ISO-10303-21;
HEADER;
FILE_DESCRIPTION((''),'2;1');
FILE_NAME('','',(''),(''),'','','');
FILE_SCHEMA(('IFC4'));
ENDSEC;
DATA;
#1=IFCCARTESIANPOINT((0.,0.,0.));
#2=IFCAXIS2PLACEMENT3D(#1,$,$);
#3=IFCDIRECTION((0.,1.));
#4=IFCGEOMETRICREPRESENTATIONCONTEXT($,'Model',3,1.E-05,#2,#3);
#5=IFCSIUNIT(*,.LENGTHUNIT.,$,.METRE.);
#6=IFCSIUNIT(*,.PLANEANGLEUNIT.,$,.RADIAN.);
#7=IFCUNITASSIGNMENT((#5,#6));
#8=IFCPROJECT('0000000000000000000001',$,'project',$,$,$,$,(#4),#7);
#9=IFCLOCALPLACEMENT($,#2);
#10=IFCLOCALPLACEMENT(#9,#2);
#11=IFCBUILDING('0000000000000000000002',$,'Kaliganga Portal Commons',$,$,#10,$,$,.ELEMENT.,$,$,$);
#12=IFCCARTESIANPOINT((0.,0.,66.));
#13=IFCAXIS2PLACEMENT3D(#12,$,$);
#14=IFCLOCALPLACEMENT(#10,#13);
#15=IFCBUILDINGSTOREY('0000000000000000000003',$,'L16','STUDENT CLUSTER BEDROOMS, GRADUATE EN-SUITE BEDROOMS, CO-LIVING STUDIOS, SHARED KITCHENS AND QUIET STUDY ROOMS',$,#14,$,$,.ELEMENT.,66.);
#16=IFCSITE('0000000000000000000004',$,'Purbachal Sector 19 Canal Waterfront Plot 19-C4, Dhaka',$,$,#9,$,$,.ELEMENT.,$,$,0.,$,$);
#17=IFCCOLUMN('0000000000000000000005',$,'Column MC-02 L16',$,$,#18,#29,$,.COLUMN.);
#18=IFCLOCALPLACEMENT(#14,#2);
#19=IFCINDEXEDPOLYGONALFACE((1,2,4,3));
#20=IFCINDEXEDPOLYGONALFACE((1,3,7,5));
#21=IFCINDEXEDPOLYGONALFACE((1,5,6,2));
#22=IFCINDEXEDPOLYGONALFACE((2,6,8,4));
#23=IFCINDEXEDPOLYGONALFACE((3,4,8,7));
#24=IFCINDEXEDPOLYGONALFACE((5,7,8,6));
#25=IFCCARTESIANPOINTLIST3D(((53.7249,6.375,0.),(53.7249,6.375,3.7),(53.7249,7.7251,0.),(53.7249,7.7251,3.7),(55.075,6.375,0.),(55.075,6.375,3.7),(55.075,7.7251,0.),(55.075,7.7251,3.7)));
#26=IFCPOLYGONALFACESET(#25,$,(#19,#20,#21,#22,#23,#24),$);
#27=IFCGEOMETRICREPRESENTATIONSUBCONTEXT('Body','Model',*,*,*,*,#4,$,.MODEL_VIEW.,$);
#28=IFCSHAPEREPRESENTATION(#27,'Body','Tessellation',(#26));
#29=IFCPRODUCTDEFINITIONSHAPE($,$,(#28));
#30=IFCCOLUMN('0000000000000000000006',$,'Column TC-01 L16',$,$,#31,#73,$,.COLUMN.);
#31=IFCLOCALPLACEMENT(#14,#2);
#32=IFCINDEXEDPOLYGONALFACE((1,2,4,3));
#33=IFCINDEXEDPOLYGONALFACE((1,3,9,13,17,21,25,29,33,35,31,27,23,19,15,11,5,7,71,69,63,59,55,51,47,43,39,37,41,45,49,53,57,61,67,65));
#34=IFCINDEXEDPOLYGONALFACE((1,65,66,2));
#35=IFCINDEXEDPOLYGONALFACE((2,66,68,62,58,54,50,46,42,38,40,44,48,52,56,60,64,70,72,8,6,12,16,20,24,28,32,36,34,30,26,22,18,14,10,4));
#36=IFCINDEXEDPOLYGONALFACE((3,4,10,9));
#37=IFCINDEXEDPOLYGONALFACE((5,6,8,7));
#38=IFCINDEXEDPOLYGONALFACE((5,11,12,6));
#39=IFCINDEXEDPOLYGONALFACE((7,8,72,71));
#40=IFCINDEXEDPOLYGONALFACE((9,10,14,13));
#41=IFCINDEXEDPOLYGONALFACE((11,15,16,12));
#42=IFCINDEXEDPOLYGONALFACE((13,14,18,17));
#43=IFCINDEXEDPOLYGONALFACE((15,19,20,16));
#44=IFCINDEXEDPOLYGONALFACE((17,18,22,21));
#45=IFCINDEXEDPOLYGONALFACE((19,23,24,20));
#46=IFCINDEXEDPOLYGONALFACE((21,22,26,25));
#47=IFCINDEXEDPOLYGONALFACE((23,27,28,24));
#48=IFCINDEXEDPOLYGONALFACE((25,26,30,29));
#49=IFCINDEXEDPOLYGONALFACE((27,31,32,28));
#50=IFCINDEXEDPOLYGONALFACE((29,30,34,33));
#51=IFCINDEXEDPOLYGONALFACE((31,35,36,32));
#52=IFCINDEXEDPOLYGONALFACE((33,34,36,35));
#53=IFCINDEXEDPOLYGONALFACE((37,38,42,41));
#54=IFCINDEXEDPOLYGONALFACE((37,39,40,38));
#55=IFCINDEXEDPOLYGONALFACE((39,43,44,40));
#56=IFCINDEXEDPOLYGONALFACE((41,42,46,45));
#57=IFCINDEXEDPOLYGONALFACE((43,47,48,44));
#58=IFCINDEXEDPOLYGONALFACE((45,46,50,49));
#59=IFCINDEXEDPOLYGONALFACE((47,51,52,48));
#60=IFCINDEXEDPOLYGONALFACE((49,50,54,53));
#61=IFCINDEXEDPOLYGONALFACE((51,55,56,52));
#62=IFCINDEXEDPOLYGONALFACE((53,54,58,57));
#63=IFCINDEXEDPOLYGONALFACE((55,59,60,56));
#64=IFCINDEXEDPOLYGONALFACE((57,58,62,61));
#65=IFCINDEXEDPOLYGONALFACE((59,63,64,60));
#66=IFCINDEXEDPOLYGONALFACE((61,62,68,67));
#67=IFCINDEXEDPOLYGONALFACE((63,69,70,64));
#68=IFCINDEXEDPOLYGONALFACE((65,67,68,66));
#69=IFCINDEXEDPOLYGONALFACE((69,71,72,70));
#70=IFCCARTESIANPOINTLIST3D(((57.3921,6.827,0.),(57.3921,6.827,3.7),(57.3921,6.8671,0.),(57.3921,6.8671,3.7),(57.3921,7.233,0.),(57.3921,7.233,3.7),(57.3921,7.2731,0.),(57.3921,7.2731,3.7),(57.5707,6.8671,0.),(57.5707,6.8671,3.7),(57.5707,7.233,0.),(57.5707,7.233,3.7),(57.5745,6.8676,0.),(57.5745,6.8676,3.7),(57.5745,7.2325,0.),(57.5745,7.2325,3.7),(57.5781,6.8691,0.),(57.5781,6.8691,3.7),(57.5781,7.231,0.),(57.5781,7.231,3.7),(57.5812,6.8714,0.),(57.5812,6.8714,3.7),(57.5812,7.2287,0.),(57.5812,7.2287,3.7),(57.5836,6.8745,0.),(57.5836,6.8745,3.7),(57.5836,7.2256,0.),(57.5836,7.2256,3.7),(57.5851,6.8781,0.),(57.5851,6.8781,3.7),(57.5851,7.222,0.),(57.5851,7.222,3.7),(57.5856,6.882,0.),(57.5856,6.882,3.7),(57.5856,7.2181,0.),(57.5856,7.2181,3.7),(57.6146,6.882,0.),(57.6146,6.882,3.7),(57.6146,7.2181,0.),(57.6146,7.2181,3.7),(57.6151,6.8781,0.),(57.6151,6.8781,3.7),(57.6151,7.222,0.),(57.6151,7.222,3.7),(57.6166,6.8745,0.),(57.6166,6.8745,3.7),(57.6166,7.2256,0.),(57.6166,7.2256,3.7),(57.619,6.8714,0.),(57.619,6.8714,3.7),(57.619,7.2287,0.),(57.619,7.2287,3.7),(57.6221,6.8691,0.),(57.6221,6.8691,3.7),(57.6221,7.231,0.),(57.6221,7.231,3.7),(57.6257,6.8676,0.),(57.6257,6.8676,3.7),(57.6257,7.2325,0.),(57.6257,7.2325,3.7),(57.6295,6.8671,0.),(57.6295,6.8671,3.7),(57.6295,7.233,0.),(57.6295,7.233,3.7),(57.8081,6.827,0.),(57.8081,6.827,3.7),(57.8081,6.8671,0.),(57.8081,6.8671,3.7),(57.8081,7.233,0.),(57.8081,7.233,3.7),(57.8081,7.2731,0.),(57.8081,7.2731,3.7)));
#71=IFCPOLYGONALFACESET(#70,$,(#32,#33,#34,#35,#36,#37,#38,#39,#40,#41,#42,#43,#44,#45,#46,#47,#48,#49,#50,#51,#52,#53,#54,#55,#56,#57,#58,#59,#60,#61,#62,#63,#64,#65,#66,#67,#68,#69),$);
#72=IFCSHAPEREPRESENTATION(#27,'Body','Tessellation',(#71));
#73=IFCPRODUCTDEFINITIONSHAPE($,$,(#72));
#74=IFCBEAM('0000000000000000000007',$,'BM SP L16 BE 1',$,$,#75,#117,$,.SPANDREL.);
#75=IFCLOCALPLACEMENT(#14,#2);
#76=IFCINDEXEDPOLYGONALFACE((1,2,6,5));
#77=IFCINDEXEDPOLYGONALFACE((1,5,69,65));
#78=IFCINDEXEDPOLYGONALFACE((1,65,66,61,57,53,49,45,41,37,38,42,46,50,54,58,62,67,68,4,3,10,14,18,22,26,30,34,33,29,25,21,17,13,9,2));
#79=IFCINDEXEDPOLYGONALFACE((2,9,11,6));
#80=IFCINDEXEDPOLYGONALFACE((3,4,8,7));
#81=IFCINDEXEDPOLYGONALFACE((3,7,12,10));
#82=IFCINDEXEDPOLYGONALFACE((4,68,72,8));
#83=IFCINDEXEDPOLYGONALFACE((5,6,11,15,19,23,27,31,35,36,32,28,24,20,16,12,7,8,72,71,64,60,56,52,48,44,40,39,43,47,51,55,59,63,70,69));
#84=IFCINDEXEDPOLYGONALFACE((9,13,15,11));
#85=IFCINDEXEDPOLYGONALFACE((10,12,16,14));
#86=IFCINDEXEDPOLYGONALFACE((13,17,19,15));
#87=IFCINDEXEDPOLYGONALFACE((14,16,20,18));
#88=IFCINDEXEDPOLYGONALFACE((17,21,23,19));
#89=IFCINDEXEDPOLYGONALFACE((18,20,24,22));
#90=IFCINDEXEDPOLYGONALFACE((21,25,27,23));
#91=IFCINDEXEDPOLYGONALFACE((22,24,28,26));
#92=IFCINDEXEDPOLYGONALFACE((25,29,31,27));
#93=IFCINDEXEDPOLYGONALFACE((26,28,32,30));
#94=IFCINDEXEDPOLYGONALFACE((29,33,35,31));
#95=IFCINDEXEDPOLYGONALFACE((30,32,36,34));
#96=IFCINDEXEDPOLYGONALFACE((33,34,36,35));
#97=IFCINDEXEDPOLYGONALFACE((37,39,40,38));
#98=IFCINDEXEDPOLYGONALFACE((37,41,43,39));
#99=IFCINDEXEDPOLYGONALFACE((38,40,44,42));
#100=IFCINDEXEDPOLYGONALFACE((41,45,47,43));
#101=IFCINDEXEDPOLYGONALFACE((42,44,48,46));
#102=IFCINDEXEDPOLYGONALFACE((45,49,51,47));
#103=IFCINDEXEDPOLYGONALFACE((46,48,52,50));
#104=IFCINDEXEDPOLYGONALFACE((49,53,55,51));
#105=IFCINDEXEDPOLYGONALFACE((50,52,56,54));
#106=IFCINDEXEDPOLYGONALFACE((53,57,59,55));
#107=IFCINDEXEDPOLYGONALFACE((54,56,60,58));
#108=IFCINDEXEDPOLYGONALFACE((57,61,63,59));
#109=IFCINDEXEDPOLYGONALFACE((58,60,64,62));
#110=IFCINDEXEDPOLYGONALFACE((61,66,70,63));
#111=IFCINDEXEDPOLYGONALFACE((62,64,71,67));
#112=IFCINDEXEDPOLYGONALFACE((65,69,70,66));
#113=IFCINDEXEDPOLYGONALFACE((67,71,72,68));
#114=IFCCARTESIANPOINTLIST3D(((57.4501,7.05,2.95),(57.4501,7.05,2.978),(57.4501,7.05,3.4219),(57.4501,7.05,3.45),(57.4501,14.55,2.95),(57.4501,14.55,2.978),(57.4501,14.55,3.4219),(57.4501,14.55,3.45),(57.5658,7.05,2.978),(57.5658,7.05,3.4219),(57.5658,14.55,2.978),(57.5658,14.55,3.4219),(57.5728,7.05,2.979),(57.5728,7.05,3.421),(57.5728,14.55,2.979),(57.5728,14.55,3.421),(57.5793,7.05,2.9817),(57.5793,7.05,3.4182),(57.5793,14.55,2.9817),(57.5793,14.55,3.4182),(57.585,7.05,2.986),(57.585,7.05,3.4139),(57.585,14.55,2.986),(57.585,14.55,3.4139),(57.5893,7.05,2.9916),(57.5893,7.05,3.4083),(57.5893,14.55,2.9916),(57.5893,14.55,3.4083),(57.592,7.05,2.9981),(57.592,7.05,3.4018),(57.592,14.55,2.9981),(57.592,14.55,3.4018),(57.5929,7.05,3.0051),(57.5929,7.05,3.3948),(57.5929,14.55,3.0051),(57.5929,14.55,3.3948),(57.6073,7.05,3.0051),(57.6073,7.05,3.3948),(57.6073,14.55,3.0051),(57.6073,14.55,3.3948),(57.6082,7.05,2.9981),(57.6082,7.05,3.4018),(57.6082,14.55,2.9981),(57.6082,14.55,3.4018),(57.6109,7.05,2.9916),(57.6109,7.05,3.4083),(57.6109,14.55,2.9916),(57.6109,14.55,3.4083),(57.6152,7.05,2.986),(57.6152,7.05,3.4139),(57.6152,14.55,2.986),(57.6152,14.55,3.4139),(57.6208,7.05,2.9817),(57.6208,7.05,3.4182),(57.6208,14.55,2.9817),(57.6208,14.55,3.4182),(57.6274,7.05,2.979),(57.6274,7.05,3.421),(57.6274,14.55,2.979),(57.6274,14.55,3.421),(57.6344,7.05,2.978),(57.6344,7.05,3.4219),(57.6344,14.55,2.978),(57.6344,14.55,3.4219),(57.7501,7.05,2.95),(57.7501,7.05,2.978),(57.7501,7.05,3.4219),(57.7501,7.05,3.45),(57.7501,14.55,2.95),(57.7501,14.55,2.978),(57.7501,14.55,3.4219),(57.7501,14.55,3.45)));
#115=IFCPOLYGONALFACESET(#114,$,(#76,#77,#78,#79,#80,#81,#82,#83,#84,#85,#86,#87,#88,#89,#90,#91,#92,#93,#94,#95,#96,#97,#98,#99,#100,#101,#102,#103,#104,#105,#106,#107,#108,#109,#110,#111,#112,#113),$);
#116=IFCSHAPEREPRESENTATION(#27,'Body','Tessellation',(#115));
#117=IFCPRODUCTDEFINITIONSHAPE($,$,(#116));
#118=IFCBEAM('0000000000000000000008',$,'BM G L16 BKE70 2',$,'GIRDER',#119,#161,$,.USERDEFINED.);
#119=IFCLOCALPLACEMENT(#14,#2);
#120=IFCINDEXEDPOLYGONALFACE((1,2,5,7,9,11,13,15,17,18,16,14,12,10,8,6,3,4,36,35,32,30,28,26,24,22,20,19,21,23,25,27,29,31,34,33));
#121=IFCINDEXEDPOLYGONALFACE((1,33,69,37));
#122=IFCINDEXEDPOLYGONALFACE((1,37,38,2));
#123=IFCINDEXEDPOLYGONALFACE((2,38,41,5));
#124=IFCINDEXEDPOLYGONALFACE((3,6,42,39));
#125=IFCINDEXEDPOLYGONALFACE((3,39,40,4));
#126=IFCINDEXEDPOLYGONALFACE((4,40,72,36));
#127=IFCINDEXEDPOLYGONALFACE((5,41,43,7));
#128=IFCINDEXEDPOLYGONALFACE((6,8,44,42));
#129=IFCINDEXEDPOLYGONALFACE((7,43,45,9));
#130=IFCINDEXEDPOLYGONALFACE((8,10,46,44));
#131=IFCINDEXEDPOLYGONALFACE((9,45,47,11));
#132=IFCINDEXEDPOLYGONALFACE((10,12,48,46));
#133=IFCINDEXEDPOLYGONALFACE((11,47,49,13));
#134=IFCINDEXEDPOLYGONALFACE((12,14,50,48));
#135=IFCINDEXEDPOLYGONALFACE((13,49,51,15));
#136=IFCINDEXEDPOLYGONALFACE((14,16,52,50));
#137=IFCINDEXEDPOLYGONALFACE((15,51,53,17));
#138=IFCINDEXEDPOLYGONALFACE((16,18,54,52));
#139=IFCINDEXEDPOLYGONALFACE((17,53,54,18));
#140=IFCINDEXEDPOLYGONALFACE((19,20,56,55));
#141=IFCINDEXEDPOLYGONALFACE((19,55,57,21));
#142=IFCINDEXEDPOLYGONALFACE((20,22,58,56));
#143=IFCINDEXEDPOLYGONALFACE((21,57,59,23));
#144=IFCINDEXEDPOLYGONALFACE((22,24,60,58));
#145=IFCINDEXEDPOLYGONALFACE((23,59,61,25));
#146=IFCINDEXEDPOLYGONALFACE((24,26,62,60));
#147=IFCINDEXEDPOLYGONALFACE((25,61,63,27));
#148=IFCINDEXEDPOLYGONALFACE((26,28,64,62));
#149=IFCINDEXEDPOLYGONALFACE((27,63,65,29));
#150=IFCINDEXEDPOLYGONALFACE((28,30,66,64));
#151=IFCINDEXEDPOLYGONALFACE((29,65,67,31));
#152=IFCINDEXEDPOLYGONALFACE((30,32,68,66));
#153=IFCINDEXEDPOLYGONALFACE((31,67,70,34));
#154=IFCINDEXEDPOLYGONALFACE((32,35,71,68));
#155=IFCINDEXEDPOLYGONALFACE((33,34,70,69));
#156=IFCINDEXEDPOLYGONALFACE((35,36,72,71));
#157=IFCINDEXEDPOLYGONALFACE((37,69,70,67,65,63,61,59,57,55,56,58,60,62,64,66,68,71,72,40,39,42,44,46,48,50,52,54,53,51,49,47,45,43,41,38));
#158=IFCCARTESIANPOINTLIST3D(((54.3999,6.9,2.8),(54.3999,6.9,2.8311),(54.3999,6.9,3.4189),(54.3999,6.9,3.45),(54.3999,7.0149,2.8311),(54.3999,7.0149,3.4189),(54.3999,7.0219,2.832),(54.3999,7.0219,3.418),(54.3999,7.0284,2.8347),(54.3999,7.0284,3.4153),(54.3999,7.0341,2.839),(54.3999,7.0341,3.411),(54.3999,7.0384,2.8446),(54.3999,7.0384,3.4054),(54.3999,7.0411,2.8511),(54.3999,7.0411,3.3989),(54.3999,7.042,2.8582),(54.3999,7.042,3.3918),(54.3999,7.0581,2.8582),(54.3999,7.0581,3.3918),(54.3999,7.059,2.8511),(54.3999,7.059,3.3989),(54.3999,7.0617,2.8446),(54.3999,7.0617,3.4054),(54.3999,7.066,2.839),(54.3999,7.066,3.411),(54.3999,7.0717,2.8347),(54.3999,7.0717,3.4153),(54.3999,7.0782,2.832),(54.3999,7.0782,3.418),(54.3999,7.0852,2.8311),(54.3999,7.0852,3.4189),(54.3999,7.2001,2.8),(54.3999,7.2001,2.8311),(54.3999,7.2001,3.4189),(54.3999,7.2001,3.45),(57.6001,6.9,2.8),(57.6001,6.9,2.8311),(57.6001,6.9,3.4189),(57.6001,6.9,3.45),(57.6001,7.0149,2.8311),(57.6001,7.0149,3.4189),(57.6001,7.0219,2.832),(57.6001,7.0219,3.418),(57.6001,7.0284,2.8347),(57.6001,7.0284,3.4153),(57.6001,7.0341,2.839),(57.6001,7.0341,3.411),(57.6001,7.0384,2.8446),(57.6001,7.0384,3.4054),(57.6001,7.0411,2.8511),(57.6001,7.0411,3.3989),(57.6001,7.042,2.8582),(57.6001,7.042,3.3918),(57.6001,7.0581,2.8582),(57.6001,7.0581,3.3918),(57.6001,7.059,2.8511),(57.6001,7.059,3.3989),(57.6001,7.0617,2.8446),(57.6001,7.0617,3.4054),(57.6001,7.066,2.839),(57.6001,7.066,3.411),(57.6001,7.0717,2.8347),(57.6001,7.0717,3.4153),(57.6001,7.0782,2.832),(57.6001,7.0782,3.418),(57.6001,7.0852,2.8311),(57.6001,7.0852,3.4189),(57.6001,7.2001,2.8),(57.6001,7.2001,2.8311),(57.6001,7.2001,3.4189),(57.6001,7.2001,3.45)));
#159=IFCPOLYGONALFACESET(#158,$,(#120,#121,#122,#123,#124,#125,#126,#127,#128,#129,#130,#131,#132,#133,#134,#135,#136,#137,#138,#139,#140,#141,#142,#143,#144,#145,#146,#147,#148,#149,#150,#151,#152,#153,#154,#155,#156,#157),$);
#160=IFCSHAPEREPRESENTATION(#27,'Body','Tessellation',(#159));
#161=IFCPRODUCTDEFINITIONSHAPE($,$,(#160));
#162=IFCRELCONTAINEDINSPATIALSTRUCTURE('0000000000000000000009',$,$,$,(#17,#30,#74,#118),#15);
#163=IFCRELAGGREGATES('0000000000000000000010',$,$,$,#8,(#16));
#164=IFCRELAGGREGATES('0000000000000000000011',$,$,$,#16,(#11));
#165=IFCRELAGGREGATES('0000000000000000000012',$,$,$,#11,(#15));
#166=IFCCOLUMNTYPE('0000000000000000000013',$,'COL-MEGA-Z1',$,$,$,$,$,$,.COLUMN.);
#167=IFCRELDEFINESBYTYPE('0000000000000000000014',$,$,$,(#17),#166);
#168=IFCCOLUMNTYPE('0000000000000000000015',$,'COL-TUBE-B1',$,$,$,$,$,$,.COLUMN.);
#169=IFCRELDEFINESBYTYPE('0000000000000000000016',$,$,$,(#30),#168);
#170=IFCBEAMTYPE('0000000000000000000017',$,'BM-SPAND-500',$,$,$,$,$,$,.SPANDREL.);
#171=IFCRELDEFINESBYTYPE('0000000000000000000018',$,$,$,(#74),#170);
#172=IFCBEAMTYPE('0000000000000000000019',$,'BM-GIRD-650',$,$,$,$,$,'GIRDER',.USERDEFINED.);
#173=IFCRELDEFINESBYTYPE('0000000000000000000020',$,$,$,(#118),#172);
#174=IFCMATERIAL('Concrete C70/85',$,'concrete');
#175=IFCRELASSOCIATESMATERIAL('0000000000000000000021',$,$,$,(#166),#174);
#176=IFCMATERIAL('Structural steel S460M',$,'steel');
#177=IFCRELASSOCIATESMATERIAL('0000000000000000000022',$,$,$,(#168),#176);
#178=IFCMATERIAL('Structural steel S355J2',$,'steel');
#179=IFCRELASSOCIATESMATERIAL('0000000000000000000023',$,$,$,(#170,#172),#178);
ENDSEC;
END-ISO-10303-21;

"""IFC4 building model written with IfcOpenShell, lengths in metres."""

from ifc_helpers import new_model, si_unit, direction, frame, origin, origin_2d, place, context, subcontext, project, spatial, rectangle, i_section, extrude, source, transform, mapped, material, material_profile, profile_set, type_object, element, save


model = new_model("IFC4")

# Units and contexts
model_context = context("Model", 3, precision=1e-05, world=origin(), true_north=direction((0.0, 1.0)))
body_context = subcontext(model_context, "Body", "Model", "MODEL_VIEW")
ifc_project = project(units=[si_unit("LENGTHUNIT", "METRE"), si_unit("PLANEANGLEUNIT", "RADIAN")], contexts=[model_context])

# Site, building, storey
site_placement = place(None, origin())
site = spatial("IfcSite", under=ifc_project, at=site_placement, Name="Purbachal Sector 19 Canal Waterfront Plot 19-C4, Dhaka", CompositionType="ELEMENT", RefElevation=0.0)
building_placement = place(site_placement, origin())
building = spatial("IfcBuilding", under=site, at=building_placement, Name="Kaliganga Portal Commons", CompositionType="ELEMENT")
storey_placement = place(building_placement, frame((0.0, 0.0, 66.0)))
storey = spatial("IfcBuildingStorey", under=building, at=storey_placement, Name="L16", Description="STUDENT CLUSTER BEDROOMS, GRADUATE EN-SUITE BEDROOMS, CO-LIVING STUDIOS, SHARED KITCHENS AND QUIET STUDY ROOMS", CompositionType="ELEMENT", Elevation=66.0)

# Columns
ifc_material_1 = material(Name="Concrete C70/85", Category="concrete")
ifc_material_profile_1 = material_profile(ifc_material_1, rectangle(XDim=1.3501, YDim=1.3501, at=origin_2d()), Name="RC 1350x1350")
ifc_profile_set_1 = profile_set([ifc_material_profile_1], Name="Concrete C70/85")
column_type_1 = type_object("IfcColumnType", Name="COL-MEGA-Z1", PredefinedType="COLUMN", material=ifc_profile_set_1)
shared_shape_1 = source(origin(), body_context, "Body", "SweptSolid", [
    extrude(rectangle(XDim=1.3501, YDim=1.3501, at=origin_2d()), origin(), (0.0, 0.0, 1.0), 3.7),
])
column_1_placement = place(storey_placement, frame((54.3999, 7.05, 0.0), z_axis=(0.0, 0.0, 1.0), x_axis=(1.0, 0.0, 0.0)))
element("IfcColumn", 1, at=column_1_placement, inside=storey, type_object=column_type_1, Name="Column MC-02 L16", PredefinedType="COLUMN", context=body_context, shape_type="MappedRepresentation", body=[
    mapped(shared_shape_1, transform((0.0, 0.0, 0.0), x_axis=(1.0, 0.0, 0.0), y_axis=(0.0, 1.0, 0.0), z_axis=(0.0, 0.0, 1.0), scale=1.0)),
])
ifc_material_2 = material(Name="Structural steel S460M", Category="steel")
ifc_material_profile_2 = material_profile(ifc_material_2, i_section(OverallWidth=0.416, OverallDepth=0.446, WebThickness=0.0291, FlangeThickness=0.04, FilletRadius=0.0149, at=origin_2d()), Name="HD 400x509")
ifc_profile_set_2 = profile_set([ifc_material_profile_2], Name="Structural steel S460M wide-flange")
column_type_2 = type_object("IfcColumnType", Name="COL-TUBE-B1", PredefinedType="COLUMN", material=ifc_profile_set_2)
shared_shape_2 = source(origin(), body_context, "Body", "SweptSolid", [
    extrude(i_section(OverallWidth=0.416, OverallDepth=0.446, WebThickness=0.0291, FlangeThickness=0.04, FilletRadius=0.0149, at=origin_2d()), origin(), (0.0, 0.0, 1.0), 3.7),
])
column_2_placement = place(storey_placement, frame((57.6001, 7.05, 0.0), z_axis=(0.0, 0.0, 1.0), x_axis=(1.0, 0.0, 0.0)))
element("IfcColumn", 2, at=column_2_placement, inside=storey, type_object=column_type_2, Name="Column TC-01 L16", PredefinedType="COLUMN", context=body_context, shape_type="MappedRepresentation", body=[
    mapped(shared_shape_2, transform((0.0, 0.0, 0.0), x_axis=(1.0, 0.0, 0.0), y_axis=(0.0, 1.0, 0.0), z_axis=(0.0, 0.0, 1.0), scale=1.0)),
])

# Beams
ifc_material_3 = material(Name="Structural steel S355J2", Category="steel")
ifc_material_profile_3 = material_profile(ifc_material_3, i_section(OverallWidth=0.3, OverallDepth=0.5, WebThickness=0.0144, FlangeThickness=0.0281, FilletRadius=0.0271, at=origin_2d()), Name="HE 500 B")
ifc_profile_set_3 = profile_set([ifc_material_profile_3], Name="Structural steel S355J2 wide-flange")
beam_type_1 = type_object("IfcBeamType", Name="BM-SPAND-500", PredefinedType="SPANDREL", material=ifc_profile_set_3)
shared_shape_3 = source(origin(), body_context, "Body", "SweptSolid", [
    extrude(i_section(OverallWidth=0.3, OverallDepth=0.5, WebThickness=0.0144, FlangeThickness=0.0281, FilletRadius=0.0271, at=origin_2d()), origin(), (0.0, 0.0, 1.0), 7.5),
])
beam_1_placement = place(storey_placement, frame((57.6001, 7.05, 3.2), z_axis=(0.0, 1.0, 0.0), x_axis=(-1.0, 0.0, 0.0)))
element("IfcBeam", 3, at=beam_1_placement, inside=storey, type_object=beam_type_1, Name="BM SP L16 BE 1", PredefinedType="SPANDREL", context=body_context, shape_type="MappedRepresentation", body=[
    mapped(shared_shape_3, transform((0.0, 0.0, 0.0), x_axis=(1.0, 0.0, 0.0), y_axis=(0.0, 1.0, 0.0), z_axis=(0.0, 0.0, 1.0), scale=1.0)),
])
ifc_material_profile_4 = material_profile(ifc_material_3, i_section(OverallWidth=0.3, OverallDepth=0.6499, WebThickness=0.0161, FlangeThickness=0.031, FilletRadius=0.0271, at=origin_2d()), Name="HE 650 B")
ifc_profile_set_4 = profile_set([ifc_material_profile_4], Name="Structural steel S355J2 wide-flange")
beam_type_2 = type_object("IfcBeamType", Name="BM-GIRD-650", ElementType="GIRDER", PredefinedType="USERDEFINED", material=ifc_profile_set_4)
shared_shape_4 = source(origin(), body_context, "Body", "SweptSolid", [
    extrude(i_section(OverallWidth=0.3, OverallDepth=0.6499, WebThickness=0.0161, FlangeThickness=0.031, FilletRadius=0.0271, at=origin_2d()), origin(), (0.0, 0.0, 1.0), 3.2002),
])
beam_2_placement = place(storey_placement, frame((54.3999, 7.05, 3.125), z_axis=(1.0, 0.0, 0.0), x_axis=(0.0, 1.0, 0.0)))
element("IfcBeam", 4, at=beam_2_placement, inside=storey, type_object=beam_type_2, Name="BM G L16 BKE70 2", ObjectType="GIRDER", PredefinedType="USERDEFINED", context=body_context, shape_type="MappedRepresentation", body=[
    mapped(shared_shape_4, transform((0.0, 0.0, 0.0), x_axis=(1.0, 0.0, 0.0), y_axis=(0.0, 1.0, 0.0), z_axis=(0.0, 0.0, 1.0), scale=1.0)),
])

save(model, "model.ifc")
